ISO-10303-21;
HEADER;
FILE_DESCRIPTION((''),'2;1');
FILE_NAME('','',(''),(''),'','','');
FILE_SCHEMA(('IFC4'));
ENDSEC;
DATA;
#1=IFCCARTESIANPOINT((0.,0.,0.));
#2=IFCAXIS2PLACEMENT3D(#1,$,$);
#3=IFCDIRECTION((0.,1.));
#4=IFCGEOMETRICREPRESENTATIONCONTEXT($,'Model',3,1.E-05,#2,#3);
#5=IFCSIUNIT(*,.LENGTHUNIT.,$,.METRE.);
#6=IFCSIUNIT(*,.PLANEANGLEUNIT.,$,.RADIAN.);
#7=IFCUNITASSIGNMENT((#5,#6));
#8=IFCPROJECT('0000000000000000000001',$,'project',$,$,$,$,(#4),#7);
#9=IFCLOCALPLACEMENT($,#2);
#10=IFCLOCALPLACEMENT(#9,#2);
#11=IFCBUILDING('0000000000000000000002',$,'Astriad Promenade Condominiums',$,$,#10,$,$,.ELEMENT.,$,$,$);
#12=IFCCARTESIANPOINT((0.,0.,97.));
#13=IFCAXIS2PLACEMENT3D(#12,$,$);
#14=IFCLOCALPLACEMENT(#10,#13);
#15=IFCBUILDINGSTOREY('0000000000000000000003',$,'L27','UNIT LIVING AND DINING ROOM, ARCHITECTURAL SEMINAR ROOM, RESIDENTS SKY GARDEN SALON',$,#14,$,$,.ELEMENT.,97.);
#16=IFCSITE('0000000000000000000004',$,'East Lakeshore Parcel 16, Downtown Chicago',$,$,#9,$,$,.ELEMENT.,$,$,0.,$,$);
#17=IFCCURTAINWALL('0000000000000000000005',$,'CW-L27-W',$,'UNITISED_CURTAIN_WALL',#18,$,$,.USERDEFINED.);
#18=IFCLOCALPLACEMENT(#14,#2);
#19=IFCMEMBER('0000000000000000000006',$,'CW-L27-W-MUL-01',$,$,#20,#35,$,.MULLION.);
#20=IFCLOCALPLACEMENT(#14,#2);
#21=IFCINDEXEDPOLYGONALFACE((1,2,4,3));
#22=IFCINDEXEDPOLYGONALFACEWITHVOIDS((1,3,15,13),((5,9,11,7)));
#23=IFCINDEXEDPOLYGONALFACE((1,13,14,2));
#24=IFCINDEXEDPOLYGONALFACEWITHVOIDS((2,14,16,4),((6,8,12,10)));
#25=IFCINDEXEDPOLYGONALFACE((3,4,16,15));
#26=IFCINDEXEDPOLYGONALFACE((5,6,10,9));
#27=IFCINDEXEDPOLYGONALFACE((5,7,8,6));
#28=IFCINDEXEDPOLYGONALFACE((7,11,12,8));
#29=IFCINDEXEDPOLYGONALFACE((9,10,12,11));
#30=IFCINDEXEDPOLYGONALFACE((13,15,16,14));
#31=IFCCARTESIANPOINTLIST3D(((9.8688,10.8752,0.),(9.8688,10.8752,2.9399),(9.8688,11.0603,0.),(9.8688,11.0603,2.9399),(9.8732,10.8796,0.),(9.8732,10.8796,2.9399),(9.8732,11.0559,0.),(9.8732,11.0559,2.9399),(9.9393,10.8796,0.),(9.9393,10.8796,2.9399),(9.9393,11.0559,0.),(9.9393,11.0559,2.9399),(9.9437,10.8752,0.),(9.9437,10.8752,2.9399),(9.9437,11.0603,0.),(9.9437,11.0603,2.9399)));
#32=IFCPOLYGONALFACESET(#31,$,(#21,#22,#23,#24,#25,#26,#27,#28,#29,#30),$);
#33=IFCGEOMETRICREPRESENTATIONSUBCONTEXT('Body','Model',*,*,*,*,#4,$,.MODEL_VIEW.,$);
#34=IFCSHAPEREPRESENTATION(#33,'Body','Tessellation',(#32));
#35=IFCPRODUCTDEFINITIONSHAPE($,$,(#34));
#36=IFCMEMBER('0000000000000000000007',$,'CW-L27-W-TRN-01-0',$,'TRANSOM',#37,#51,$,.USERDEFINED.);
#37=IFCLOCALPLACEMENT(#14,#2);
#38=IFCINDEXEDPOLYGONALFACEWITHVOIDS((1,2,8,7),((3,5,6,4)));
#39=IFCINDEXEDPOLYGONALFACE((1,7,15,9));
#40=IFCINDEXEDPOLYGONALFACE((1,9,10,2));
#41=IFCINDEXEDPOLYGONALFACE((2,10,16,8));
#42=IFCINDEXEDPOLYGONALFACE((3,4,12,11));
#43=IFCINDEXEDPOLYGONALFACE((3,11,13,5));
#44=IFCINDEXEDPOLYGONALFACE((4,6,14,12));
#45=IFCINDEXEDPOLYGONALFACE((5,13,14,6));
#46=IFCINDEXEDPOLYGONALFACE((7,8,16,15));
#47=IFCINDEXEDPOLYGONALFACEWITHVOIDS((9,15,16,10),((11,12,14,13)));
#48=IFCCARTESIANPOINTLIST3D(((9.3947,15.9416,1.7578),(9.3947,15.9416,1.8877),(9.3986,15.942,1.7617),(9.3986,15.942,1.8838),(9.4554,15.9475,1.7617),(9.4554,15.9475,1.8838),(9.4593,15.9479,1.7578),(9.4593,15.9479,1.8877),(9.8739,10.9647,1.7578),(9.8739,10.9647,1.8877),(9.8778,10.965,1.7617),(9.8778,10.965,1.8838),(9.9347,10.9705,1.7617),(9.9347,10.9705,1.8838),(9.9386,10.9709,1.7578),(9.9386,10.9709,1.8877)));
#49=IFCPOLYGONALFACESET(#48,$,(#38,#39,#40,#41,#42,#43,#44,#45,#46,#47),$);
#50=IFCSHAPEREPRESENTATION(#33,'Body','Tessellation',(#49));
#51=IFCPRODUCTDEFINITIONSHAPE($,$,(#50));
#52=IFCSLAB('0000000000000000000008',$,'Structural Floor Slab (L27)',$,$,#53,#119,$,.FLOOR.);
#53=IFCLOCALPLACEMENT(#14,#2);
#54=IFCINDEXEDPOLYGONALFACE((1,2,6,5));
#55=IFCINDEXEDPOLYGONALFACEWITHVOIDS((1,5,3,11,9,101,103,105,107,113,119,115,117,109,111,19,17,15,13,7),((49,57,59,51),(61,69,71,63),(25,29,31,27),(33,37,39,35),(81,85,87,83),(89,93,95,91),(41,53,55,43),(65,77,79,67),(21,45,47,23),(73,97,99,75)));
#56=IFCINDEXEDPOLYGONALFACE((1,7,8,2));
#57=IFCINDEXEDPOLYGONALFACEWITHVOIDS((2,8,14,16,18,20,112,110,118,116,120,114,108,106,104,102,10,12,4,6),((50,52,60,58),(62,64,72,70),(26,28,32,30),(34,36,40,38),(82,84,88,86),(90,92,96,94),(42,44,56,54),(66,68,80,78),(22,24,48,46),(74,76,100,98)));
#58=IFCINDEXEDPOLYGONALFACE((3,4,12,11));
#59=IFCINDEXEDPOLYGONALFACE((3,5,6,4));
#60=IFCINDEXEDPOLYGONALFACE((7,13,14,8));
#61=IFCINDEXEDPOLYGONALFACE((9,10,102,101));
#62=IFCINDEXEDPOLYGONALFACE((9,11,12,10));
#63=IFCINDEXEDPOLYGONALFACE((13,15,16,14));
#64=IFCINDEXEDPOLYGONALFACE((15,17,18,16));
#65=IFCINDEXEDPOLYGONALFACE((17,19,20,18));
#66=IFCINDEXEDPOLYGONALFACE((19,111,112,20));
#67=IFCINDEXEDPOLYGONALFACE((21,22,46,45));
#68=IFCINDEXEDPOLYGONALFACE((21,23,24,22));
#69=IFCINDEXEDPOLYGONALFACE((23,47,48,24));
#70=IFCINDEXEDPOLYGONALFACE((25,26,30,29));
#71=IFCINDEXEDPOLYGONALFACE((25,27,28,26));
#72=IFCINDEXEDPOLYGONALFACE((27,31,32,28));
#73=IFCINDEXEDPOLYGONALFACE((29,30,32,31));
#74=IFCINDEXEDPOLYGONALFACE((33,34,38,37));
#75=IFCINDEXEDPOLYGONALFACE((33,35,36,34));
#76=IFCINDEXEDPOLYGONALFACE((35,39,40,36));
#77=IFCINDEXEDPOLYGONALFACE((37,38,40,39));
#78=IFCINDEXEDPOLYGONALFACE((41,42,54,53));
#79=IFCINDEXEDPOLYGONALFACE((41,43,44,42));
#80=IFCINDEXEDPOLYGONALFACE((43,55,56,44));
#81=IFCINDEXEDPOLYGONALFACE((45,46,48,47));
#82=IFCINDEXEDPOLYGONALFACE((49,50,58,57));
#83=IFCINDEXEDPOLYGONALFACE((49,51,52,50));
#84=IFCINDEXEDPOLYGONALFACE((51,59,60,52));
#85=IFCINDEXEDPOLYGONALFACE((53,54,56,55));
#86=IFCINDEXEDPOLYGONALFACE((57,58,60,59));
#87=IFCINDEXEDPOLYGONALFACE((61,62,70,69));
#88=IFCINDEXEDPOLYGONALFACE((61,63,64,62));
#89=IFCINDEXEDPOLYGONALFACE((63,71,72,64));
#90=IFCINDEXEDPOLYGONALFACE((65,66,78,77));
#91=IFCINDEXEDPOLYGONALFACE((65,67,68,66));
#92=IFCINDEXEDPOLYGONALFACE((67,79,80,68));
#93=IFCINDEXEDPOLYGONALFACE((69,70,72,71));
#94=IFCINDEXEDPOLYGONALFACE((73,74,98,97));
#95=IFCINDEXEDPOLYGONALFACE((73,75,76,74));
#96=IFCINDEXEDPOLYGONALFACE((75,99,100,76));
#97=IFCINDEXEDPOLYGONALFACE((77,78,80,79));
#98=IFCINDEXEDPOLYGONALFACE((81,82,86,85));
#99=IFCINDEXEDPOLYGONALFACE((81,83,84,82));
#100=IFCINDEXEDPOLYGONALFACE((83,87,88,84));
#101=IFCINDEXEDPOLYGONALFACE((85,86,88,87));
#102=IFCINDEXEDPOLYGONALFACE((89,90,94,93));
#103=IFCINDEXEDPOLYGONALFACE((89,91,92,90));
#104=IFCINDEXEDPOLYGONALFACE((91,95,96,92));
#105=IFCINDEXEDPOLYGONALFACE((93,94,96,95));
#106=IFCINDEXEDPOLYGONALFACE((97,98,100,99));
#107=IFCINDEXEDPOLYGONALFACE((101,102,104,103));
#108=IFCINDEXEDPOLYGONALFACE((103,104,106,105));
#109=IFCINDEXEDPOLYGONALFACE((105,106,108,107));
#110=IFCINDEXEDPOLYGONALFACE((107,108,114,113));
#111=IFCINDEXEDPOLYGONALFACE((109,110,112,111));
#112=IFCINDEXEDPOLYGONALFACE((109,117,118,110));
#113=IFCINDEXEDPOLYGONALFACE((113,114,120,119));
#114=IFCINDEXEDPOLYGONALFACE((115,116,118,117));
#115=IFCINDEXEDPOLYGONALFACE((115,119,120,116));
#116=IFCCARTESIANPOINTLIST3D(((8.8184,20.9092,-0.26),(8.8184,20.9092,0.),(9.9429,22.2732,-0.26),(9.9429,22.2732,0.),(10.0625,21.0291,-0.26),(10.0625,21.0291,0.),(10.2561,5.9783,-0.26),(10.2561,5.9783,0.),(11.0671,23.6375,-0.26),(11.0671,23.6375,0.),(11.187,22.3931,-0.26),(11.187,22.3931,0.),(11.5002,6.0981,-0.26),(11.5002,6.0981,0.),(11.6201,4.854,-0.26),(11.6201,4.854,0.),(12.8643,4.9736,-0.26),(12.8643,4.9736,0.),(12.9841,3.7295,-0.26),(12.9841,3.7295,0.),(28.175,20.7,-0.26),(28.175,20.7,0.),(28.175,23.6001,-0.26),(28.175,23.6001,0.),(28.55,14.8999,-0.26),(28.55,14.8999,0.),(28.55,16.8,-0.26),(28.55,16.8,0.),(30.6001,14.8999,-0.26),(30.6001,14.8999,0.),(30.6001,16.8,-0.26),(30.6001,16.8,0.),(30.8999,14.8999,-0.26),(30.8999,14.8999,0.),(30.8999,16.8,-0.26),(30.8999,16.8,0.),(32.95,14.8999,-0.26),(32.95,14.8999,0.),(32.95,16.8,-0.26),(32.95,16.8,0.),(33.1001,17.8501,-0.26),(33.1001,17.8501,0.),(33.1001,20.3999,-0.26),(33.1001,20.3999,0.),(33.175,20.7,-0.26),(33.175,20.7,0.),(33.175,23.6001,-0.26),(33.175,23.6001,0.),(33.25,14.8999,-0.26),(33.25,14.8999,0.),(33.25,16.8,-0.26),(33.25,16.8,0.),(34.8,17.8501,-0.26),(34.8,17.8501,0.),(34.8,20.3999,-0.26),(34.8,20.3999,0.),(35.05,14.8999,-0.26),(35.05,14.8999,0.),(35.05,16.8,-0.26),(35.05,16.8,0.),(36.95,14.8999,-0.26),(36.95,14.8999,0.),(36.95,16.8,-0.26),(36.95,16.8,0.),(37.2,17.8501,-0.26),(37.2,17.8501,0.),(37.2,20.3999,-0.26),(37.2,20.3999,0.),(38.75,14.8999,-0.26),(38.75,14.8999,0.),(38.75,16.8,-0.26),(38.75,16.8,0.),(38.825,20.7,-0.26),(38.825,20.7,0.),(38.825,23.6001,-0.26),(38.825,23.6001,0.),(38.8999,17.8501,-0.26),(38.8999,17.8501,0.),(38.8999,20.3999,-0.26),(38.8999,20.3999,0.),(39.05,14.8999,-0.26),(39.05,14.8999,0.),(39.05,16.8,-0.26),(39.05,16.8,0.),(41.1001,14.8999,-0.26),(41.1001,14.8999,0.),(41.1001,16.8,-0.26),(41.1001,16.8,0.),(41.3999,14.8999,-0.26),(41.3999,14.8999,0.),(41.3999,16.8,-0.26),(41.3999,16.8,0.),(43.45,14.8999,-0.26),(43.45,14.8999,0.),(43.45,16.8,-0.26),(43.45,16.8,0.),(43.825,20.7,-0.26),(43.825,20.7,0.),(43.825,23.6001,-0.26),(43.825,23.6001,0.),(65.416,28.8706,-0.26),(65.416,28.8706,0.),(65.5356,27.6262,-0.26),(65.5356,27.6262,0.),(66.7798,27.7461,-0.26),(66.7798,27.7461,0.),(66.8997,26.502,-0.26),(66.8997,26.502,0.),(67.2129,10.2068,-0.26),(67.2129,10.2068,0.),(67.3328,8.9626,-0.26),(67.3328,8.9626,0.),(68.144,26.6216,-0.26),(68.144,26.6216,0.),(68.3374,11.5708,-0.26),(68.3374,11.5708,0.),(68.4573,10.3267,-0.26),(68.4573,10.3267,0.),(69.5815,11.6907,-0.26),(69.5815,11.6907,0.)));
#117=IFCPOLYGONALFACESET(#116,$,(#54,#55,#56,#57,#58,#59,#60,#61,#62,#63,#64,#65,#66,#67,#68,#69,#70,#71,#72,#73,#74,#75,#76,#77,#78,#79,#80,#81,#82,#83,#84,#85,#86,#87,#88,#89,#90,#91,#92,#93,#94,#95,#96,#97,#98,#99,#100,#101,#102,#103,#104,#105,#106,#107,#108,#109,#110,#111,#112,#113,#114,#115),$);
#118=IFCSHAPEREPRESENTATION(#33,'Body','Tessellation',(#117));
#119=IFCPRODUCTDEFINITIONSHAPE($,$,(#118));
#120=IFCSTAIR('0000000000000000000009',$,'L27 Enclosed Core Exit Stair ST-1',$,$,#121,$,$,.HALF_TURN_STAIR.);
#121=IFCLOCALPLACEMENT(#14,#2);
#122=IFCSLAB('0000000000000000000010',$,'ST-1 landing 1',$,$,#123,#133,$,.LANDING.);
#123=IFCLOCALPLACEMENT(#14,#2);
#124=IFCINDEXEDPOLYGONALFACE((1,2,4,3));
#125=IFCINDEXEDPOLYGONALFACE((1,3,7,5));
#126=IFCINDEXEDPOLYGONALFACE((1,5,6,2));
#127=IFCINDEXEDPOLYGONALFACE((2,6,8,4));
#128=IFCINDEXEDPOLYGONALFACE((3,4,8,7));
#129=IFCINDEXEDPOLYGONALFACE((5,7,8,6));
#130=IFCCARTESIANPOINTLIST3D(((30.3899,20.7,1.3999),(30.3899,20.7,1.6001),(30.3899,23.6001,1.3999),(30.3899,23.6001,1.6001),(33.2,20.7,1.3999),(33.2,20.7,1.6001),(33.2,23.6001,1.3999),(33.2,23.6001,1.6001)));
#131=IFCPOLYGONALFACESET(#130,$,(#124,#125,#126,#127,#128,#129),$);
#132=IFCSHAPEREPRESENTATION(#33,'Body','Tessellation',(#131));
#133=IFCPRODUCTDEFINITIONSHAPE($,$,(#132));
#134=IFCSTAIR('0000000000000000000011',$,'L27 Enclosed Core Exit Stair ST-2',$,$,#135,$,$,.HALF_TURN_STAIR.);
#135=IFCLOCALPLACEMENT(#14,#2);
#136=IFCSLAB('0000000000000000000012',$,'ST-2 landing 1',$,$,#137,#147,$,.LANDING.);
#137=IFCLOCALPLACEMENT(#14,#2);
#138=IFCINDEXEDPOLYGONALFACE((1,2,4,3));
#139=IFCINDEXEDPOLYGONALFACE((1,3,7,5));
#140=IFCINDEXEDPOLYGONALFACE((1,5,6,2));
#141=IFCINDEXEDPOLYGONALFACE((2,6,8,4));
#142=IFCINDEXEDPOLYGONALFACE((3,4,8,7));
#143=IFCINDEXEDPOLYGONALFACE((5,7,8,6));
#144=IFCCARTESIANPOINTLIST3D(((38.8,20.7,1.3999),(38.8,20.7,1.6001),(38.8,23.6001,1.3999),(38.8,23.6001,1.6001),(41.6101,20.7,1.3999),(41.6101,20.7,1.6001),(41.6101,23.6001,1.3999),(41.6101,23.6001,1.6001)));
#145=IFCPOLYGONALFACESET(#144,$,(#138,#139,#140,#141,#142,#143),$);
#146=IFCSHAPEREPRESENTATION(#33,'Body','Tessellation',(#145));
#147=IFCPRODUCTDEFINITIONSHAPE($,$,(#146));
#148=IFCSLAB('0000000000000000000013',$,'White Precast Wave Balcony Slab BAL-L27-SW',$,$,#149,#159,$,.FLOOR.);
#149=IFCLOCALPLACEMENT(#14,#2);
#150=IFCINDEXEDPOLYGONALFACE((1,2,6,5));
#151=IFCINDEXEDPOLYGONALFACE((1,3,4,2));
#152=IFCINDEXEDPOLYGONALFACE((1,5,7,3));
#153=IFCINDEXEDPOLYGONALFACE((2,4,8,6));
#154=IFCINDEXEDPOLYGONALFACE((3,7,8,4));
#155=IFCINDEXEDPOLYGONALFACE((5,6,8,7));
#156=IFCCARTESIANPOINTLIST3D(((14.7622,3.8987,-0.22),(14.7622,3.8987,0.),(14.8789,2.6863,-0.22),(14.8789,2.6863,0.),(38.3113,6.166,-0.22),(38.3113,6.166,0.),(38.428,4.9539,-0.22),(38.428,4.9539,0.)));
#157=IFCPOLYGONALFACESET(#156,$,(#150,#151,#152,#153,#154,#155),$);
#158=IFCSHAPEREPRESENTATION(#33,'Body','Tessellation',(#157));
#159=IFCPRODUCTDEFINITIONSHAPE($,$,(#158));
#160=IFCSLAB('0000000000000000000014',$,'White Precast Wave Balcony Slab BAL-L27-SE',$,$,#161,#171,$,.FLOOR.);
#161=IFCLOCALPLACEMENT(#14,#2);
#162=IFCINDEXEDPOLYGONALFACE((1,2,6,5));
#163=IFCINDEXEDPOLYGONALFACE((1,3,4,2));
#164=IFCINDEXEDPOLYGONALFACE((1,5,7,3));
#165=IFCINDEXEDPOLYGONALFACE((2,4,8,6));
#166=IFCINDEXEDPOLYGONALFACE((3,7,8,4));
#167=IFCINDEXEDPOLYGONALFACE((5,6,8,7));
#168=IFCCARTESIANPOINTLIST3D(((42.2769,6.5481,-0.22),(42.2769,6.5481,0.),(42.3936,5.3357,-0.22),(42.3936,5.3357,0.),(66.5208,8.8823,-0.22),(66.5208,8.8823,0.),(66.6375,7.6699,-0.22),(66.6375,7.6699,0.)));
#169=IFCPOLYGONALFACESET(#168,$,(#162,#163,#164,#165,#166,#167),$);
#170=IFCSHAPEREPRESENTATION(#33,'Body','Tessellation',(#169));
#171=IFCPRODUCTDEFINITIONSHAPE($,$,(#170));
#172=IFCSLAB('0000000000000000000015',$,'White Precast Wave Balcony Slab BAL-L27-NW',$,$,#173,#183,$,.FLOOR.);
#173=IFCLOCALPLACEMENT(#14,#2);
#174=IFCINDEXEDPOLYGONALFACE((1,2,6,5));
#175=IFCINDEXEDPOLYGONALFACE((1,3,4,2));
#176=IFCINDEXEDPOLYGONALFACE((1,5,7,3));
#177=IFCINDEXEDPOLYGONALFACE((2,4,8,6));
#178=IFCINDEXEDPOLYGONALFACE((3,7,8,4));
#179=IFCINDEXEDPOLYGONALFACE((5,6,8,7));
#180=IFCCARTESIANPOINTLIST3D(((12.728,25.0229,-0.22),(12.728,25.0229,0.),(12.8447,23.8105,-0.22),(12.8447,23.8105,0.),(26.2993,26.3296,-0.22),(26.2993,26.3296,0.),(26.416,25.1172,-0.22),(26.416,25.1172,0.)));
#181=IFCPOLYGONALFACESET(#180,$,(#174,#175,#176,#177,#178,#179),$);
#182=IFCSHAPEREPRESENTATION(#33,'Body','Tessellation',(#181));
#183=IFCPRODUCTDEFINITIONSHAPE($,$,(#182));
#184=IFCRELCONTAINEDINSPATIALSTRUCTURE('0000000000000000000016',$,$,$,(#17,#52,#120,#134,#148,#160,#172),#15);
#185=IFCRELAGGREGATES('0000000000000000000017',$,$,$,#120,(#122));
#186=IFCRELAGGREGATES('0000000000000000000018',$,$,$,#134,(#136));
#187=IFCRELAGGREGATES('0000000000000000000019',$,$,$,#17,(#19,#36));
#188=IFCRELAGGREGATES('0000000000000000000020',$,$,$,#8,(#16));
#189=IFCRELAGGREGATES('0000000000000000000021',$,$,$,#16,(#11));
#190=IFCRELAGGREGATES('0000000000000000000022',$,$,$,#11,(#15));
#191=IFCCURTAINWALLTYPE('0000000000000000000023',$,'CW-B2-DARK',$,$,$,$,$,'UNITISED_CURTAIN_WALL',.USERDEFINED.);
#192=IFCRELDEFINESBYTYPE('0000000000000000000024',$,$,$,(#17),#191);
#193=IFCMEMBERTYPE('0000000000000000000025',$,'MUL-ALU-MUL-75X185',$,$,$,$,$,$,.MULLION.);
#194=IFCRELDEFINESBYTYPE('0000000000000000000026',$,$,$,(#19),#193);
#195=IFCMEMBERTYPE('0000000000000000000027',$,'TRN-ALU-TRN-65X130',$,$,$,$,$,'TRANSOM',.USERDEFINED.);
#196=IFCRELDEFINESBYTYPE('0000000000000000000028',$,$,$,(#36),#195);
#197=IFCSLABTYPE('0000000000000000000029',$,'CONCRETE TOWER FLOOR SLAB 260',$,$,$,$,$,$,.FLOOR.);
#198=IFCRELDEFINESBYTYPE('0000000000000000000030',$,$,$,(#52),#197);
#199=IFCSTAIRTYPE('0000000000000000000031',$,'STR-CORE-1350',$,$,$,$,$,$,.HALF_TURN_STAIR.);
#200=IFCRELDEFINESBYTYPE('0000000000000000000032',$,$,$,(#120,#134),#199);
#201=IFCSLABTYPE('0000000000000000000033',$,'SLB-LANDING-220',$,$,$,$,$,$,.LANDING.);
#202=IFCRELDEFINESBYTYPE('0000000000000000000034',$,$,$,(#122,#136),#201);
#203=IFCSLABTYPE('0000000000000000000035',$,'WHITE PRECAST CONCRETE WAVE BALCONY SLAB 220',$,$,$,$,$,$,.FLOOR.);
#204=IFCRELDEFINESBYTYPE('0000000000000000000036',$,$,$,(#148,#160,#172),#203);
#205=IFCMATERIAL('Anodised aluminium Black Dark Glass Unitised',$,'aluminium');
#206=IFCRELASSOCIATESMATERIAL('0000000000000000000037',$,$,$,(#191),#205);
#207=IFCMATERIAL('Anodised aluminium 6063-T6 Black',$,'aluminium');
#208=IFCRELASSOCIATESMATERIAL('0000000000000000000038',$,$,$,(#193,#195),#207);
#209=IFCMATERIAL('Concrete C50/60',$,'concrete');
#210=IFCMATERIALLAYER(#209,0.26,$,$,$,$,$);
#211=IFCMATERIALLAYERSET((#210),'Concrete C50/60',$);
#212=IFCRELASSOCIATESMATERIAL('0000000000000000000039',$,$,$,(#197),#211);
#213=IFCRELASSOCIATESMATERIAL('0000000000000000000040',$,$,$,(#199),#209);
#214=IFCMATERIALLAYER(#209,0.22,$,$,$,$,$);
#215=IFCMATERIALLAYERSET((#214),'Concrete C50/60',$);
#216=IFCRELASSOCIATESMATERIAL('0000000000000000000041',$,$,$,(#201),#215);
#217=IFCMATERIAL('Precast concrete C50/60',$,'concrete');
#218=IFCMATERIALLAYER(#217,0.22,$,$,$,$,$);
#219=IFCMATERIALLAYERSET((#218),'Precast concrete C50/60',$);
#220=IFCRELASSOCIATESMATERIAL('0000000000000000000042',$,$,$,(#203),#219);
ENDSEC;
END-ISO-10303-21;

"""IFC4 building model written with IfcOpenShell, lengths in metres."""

from ifc_helpers import new_model, si_unit, direction, frame, origin, origin_2d, place, context, subcontext, project, spatial, polyline, hollow_rectangle, outline, extrude, source, transform, mapped, material, layer, layer_set, material_profile, profile_set, type_object, type_shapes, element, aggregate, save


model = new_model("IFC4")

# Units and contexts
model_context = context("Model", 3, precision=1e-05, world=origin(), true_north=direction((0.0, 1.0)))
body_context = subcontext(model_context, "Body", "Model", "MODEL_VIEW")
ifc_project = project(units=[si_unit("LENGTHUNIT", "METRE"), si_unit("PLANEANGLEUNIT", "RADIAN")], contexts=[model_context])

# Site, building, storey
site_placement = place(None, origin())
site = spatial("IfcSite", under=ifc_project, at=site_placement, Name="East Lakeshore Parcel 16, Downtown Chicago", CompositionType="ELEMENT", RefElevation=0.0)
building_placement = place(site_placement, origin())
building = spatial("IfcBuilding", under=site, at=building_placement, Name="Astriad Promenade Condominiums", CompositionType="ELEMENT")
storey_placement = place(building_placement, frame((0.0, 0.0, 97.0)))
storey = spatial("IfcBuildingStorey", under=building, at=storey_placement, Name="L27", Description="UNIT LIVING AND DINING ROOM, ARCHITECTURAL SEMINAR ROOM, RESIDENTS SKY GARDEN SALON", CompositionType="ELEMENT", Elevation=97.0)

# Curtain wall, members
ifc_material_1 = material(Name="Anodised aluminium Black Dark Glass Unitised", Category="aluminium")
curtain_wall_type = type_object("IfcCurtainWallType", Name="CW-B2-DARK", ElementType="UNITISED_CURTAIN_WALL", PredefinedType="USERDEFINED", material=ifc_material_1)
curtain_wall_placement = place(storey_placement, origin())
curtain_wall = element("IfcCurtainWall", 1, at=curtain_wall_placement, inside=storey, type_object=curtain_wall_type, Name="CW-L27-W", ObjectType="UNITISED_CURTAIN_WALL", PredefinedType="USERDEFINED")
ifc_material_2 = material(Name="Anodised aluminium 6063-T6 Black", Category="aluminium")
ifc_material_profile_1 = material_profile(ifc_material_2, hollow_rectangle(XDim=0.075, YDim=0.1851, WallThickness=0.0044, at=origin_2d()), Name="ALU-MUL-75X185")
ifc_profile_set_1 = profile_set([ifc_material_profile_1], Name="Anodised aluminium 6063-T6 Black")
member_type_1 = type_object("IfcMemberType", Name="MUL-ALU-MUL-75X185", PredefinedType="MULLION", material=ifc_profile_set_1)
shared_shape_1 = source(origin(), body_context, "Body", "SweptSolid", [
    extrude(hollow_rectangle(XDim=0.075, YDim=0.1851, WallThickness=0.0044, at=origin_2d()), origin(), (0.0, 0.0, 1.0), 2.9399),
])
type_shapes(member_type_1, [shared_shape_1])
member_1_placement = place(storey_placement, frame((9.9062, 10.9678, 0.0), z_axis=(0.0, 0.0, 1.0), x_axis=(1.0, 0.0, 0.0)))
member_1 = element("IfcMember", 2, at=member_1_placement, type_object=member_type_1, Name="CW-L27-W-MUL-01", PredefinedType="MULLION", context=body_context, shape_type="MappedRepresentation", body=[
    mapped(shared_shape_1, transform((0.0, 0.0, 0.0), scale=1.0)),
])
ifc_material_profile_2 = material_profile(ifc_material_2, hollow_rectangle(XDim=0.0649, YDim=0.1299, WallThickness=0.0039, at=origin_2d()), Name="ALU-TRN-65X130")
ifc_profile_set_2 = profile_set([ifc_material_profile_2], Name="Anodised aluminium 6063-T6 Black")
member_type_2 = type_object("IfcMemberType", Name="TRN-ALU-TRN-65X130", ElementType="TRANSOM", PredefinedType="USERDEFINED", material=ifc_profile_set_2)
shared_shape_2 = source(origin(), body_context, "Body", "SweptSolid", [
    extrude(hollow_rectangle(XDim=0.0649, YDim=0.1299, WallThickness=0.0039, at=origin_2d()), origin(), (0.0, 0.0, 1.0), 5.0),
])
type_shapes(member_type_2, [shared_shape_2])
member_2_placement = place(storey_placement, frame((9.9062, 10.9678, 1.8228), z_axis=(-0.095848, 0.995396, 0.0), x_axis=(-0.995396, -0.095848, 0.0)))
member_2 = element("IfcMember", 3, at=member_2_placement, type_object=member_type_2, Name="CW-L27-W-TRN-01-0", ObjectType="TRANSOM", PredefinedType="USERDEFINED", context=body_context, shape_type="MappedRepresentation", body=[
    mapped(shared_shape_2, transform((0.0, 0.0, 0.0), scale=1.0)),
])

# Slab
ifc_material_3 = material(Name="Concrete C50/60", Category="concrete")
ifc_layer_1 = layer(ifc_material_3, 0.26)
ifc_layer_set_1 = layer_set([ifc_layer_1], Name="Concrete C50/60")
slab_type_1 = type_object("IfcSlabType", Name="CONCRETE TOWER FLOOR SLAB 260", PredefinedType="FLOOR", material=ifc_layer_set_1)
slab_1_placement = place(storey_placement, frame((0.0, 0.0, -0.26)))
element("IfcSlab", 4, at=slab_1_placement, inside=storey, type_object=slab_type_1, Name="Structural Floor Slab (L27)", PredefinedType="FLOOR", context=body_context, shape_type="SweptSolid", body=[
    extrude(outline(polyline([(12.9841, 3.7295), (67.3328, 8.9626), (67.2129, 10.2068), (68.4573, 10.3267), (68.3374, 11.5708), (69.5815, 11.6907), (68.144, 26.6216), (66.8997, 26.502), (66.7798, 27.7461), (65.5356, 27.6262), (65.416, 28.8706), (11.0671, 23.6375), (11.187, 22.3931), (9.9429, 22.2732), (10.0625, 21.0291), (8.8184, 20.9092), (10.2561, 5.9783), (11.5002, 6.0981), (11.6201, 4.854), (12.8643, 4.9736), (12.9841, 3.7295)]), holes=[polyline([(28.175, 20.7), (33.175, 20.7), (33.175, 23.6001), (28.175, 23.6001), (28.175, 20.7)]), polyline([(38.825, 20.7), (43.825, 20.7), (43.825, 23.6001), (38.825, 23.6001), (38.825, 20.7)]), polyline([(33.1001, 17.8501), (34.8, 17.8501), (34.8, 20.3999), (33.1001, 20.3999), (33.1001, 17.8501)]), polyline([(37.2, 17.8501), (38.8999, 17.8501), (38.8999, 20.3999), (37.2, 20.3999), (37.2, 17.8501)]), polyline([(28.55, 14.8999), (30.6001, 14.8999), (30.6001, 16.8), (28.55, 16.8), (28.55, 14.8999)]), polyline([(30.8999, 14.8999), (32.95, 14.8999), (32.95, 16.8), (30.8999, 16.8), (30.8999, 14.8999)]), polyline([(33.25, 14.8999), (35.05, 14.8999), (35.05, 16.8), (33.25, 16.8), (33.25, 14.8999)]), polyline([(36.95, 14.8999), (38.75, 14.8999), (38.75, 16.8), (36.95, 16.8), (36.95, 14.8999)]), polyline([(39.05, 14.8999), (41.1001, 14.8999), (41.1001, 16.8), (39.05, 16.8), (39.05, 14.8999)]), polyline([(41.3999, 14.8999), (43.45, 14.8999), (43.45, 16.8), (41.3999, 16.8), (41.3999, 14.8999)])]), origin(), (0.0, 0.0, 1.0), 0.26),
])

# Stairs, slabs
stair_type = type_object("IfcStairType", Name="STR-CORE-1350", PredefinedType="HALF_TURN_STAIR", material=ifc_material_3)
stair_1_placement = place(storey_placement, origin())
stair_1 = element("IfcStair", 5, at=stair_1_placement, inside=storey, type_object=stair_type, Name="L27 Enclosed Core Exit Stair ST-1", PredefinedType="HALF_TURN_STAIR")
ifc_layer_2 = layer(ifc_material_3, 0.22)
ifc_layer_set_2 = layer_set([ifc_layer_2], Name="Concrete C50/60")
slab_type_2 = type_object("IfcSlabType", Name="SLB-LANDING-220", PredefinedType="LANDING", material=ifc_layer_set_2)
slab_2_placement = place(storey_placement, frame((0.0, 0.0, 1.3999)))
slab_2 = element("IfcSlab", 6, at=slab_2_placement, type_object=slab_type_2, Name="ST-1 landing 1", PredefinedType="LANDING", context=body_context, shape_type="SweptSolid", body=[
    extrude(outline(polyline([(30.3899, 20.7), (33.2, 20.7), (33.2, 23.6001), (30.3899, 23.6001), (30.3899, 20.7)])), origin(), (0.0, 0.0, 1.0), 0.2002),
])
aggregate(stair_1, [slab_2])
stair_2_placement = place(storey_placement, origin())
stair_2 = element("IfcStair", 7, at=stair_2_placement, inside=storey, type_object=stair_type, Name="L27 Enclosed Core Exit Stair ST-2", PredefinedType="HALF_TURN_STAIR")
slab_3_placement = place(storey_placement, frame((0.0, 0.0, 1.3999)))
slab_3 = element("IfcSlab", 8, at=slab_3_placement, type_object=slab_type_2, Name="ST-2 landing 1", PredefinedType="LANDING", context=body_context, shape_type="SweptSolid", body=[
    extrude(outline(polyline([(41.6101, 23.6001), (38.8, 23.6001), (38.8, 20.7), (41.6101, 20.7), (41.6101, 23.6001)])), origin(), (0.0, 0.0, 1.0), 0.2002),
])
aggregate(stair_2, [slab_3])

# Slabs
ifc_material_4 = material(Name="Precast concrete C50/60", Category="concrete")
ifc_layer_3 = layer(ifc_material_4, 0.22)
ifc_layer_set_3 = layer_set([ifc_layer_3], Name="Precast concrete C50/60")
slab_type_3 = type_object("IfcSlabType", Name="WHITE PRECAST CONCRETE WAVE BALCONY SLAB 220", PredefinedType="FLOOR", material=ifc_layer_set_3)
slab_4_placement = place(storey_placement, frame((0.0, 0.0, -0.22)))
element("IfcSlab", 9, at=slab_4_placement, inside=storey, type_object=slab_type_3, Name="White Precast Wave Balcony Slab BAL-L27-SW", PredefinedType="FLOOR", context=body_context, shape_type="SweptSolid", body=[
    extrude(outline(polyline([(38.428, 4.9539), (14.8789, 2.6863), (14.7622, 3.8987), (38.3113, 6.166), (38.428, 4.9539)])), origin(), (0.0, 0.0, 1.0), 0.22),
])
slab_5_placement = place(storey_placement, frame((0.0, 0.0, -0.22)))
element("IfcSlab", 10, at=slab_5_placement, inside=storey, type_object=slab_type_3, Name="White Precast Wave Balcony Slab BAL-L27-SE", PredefinedType="FLOOR", context=body_context, shape_type="SweptSolid", body=[
    extrude(outline(polyline([(66.6375, 7.6699), (42.3936, 5.3357), (42.2769, 6.5481), (66.5208, 8.8823), (66.6375, 7.6699)])), origin(), (0.0, 0.0, 1.0), 0.22),
])
slab_6_placement = place(storey_placement, frame((0.0, 0.0, -0.22)))
element("IfcSlab", 11, at=slab_6_placement, inside=storey, type_object=slab_type_3, Name="White Precast Wave Balcony Slab BAL-L27-NW", PredefinedType="FLOOR", context=body_context, shape_type="SweptSolid", body=[
    extrude(outline(polyline([(12.728, 25.0229), (26.2993, 26.3296), (26.416, 25.1172), (12.8447, 23.8105), (12.728, 25.0229)])), origin(), (0.0, 0.0, 1.0), 0.22),
])

aggregate(curtain_wall, [member_1, member_2])

save(model, "model.ifc")
